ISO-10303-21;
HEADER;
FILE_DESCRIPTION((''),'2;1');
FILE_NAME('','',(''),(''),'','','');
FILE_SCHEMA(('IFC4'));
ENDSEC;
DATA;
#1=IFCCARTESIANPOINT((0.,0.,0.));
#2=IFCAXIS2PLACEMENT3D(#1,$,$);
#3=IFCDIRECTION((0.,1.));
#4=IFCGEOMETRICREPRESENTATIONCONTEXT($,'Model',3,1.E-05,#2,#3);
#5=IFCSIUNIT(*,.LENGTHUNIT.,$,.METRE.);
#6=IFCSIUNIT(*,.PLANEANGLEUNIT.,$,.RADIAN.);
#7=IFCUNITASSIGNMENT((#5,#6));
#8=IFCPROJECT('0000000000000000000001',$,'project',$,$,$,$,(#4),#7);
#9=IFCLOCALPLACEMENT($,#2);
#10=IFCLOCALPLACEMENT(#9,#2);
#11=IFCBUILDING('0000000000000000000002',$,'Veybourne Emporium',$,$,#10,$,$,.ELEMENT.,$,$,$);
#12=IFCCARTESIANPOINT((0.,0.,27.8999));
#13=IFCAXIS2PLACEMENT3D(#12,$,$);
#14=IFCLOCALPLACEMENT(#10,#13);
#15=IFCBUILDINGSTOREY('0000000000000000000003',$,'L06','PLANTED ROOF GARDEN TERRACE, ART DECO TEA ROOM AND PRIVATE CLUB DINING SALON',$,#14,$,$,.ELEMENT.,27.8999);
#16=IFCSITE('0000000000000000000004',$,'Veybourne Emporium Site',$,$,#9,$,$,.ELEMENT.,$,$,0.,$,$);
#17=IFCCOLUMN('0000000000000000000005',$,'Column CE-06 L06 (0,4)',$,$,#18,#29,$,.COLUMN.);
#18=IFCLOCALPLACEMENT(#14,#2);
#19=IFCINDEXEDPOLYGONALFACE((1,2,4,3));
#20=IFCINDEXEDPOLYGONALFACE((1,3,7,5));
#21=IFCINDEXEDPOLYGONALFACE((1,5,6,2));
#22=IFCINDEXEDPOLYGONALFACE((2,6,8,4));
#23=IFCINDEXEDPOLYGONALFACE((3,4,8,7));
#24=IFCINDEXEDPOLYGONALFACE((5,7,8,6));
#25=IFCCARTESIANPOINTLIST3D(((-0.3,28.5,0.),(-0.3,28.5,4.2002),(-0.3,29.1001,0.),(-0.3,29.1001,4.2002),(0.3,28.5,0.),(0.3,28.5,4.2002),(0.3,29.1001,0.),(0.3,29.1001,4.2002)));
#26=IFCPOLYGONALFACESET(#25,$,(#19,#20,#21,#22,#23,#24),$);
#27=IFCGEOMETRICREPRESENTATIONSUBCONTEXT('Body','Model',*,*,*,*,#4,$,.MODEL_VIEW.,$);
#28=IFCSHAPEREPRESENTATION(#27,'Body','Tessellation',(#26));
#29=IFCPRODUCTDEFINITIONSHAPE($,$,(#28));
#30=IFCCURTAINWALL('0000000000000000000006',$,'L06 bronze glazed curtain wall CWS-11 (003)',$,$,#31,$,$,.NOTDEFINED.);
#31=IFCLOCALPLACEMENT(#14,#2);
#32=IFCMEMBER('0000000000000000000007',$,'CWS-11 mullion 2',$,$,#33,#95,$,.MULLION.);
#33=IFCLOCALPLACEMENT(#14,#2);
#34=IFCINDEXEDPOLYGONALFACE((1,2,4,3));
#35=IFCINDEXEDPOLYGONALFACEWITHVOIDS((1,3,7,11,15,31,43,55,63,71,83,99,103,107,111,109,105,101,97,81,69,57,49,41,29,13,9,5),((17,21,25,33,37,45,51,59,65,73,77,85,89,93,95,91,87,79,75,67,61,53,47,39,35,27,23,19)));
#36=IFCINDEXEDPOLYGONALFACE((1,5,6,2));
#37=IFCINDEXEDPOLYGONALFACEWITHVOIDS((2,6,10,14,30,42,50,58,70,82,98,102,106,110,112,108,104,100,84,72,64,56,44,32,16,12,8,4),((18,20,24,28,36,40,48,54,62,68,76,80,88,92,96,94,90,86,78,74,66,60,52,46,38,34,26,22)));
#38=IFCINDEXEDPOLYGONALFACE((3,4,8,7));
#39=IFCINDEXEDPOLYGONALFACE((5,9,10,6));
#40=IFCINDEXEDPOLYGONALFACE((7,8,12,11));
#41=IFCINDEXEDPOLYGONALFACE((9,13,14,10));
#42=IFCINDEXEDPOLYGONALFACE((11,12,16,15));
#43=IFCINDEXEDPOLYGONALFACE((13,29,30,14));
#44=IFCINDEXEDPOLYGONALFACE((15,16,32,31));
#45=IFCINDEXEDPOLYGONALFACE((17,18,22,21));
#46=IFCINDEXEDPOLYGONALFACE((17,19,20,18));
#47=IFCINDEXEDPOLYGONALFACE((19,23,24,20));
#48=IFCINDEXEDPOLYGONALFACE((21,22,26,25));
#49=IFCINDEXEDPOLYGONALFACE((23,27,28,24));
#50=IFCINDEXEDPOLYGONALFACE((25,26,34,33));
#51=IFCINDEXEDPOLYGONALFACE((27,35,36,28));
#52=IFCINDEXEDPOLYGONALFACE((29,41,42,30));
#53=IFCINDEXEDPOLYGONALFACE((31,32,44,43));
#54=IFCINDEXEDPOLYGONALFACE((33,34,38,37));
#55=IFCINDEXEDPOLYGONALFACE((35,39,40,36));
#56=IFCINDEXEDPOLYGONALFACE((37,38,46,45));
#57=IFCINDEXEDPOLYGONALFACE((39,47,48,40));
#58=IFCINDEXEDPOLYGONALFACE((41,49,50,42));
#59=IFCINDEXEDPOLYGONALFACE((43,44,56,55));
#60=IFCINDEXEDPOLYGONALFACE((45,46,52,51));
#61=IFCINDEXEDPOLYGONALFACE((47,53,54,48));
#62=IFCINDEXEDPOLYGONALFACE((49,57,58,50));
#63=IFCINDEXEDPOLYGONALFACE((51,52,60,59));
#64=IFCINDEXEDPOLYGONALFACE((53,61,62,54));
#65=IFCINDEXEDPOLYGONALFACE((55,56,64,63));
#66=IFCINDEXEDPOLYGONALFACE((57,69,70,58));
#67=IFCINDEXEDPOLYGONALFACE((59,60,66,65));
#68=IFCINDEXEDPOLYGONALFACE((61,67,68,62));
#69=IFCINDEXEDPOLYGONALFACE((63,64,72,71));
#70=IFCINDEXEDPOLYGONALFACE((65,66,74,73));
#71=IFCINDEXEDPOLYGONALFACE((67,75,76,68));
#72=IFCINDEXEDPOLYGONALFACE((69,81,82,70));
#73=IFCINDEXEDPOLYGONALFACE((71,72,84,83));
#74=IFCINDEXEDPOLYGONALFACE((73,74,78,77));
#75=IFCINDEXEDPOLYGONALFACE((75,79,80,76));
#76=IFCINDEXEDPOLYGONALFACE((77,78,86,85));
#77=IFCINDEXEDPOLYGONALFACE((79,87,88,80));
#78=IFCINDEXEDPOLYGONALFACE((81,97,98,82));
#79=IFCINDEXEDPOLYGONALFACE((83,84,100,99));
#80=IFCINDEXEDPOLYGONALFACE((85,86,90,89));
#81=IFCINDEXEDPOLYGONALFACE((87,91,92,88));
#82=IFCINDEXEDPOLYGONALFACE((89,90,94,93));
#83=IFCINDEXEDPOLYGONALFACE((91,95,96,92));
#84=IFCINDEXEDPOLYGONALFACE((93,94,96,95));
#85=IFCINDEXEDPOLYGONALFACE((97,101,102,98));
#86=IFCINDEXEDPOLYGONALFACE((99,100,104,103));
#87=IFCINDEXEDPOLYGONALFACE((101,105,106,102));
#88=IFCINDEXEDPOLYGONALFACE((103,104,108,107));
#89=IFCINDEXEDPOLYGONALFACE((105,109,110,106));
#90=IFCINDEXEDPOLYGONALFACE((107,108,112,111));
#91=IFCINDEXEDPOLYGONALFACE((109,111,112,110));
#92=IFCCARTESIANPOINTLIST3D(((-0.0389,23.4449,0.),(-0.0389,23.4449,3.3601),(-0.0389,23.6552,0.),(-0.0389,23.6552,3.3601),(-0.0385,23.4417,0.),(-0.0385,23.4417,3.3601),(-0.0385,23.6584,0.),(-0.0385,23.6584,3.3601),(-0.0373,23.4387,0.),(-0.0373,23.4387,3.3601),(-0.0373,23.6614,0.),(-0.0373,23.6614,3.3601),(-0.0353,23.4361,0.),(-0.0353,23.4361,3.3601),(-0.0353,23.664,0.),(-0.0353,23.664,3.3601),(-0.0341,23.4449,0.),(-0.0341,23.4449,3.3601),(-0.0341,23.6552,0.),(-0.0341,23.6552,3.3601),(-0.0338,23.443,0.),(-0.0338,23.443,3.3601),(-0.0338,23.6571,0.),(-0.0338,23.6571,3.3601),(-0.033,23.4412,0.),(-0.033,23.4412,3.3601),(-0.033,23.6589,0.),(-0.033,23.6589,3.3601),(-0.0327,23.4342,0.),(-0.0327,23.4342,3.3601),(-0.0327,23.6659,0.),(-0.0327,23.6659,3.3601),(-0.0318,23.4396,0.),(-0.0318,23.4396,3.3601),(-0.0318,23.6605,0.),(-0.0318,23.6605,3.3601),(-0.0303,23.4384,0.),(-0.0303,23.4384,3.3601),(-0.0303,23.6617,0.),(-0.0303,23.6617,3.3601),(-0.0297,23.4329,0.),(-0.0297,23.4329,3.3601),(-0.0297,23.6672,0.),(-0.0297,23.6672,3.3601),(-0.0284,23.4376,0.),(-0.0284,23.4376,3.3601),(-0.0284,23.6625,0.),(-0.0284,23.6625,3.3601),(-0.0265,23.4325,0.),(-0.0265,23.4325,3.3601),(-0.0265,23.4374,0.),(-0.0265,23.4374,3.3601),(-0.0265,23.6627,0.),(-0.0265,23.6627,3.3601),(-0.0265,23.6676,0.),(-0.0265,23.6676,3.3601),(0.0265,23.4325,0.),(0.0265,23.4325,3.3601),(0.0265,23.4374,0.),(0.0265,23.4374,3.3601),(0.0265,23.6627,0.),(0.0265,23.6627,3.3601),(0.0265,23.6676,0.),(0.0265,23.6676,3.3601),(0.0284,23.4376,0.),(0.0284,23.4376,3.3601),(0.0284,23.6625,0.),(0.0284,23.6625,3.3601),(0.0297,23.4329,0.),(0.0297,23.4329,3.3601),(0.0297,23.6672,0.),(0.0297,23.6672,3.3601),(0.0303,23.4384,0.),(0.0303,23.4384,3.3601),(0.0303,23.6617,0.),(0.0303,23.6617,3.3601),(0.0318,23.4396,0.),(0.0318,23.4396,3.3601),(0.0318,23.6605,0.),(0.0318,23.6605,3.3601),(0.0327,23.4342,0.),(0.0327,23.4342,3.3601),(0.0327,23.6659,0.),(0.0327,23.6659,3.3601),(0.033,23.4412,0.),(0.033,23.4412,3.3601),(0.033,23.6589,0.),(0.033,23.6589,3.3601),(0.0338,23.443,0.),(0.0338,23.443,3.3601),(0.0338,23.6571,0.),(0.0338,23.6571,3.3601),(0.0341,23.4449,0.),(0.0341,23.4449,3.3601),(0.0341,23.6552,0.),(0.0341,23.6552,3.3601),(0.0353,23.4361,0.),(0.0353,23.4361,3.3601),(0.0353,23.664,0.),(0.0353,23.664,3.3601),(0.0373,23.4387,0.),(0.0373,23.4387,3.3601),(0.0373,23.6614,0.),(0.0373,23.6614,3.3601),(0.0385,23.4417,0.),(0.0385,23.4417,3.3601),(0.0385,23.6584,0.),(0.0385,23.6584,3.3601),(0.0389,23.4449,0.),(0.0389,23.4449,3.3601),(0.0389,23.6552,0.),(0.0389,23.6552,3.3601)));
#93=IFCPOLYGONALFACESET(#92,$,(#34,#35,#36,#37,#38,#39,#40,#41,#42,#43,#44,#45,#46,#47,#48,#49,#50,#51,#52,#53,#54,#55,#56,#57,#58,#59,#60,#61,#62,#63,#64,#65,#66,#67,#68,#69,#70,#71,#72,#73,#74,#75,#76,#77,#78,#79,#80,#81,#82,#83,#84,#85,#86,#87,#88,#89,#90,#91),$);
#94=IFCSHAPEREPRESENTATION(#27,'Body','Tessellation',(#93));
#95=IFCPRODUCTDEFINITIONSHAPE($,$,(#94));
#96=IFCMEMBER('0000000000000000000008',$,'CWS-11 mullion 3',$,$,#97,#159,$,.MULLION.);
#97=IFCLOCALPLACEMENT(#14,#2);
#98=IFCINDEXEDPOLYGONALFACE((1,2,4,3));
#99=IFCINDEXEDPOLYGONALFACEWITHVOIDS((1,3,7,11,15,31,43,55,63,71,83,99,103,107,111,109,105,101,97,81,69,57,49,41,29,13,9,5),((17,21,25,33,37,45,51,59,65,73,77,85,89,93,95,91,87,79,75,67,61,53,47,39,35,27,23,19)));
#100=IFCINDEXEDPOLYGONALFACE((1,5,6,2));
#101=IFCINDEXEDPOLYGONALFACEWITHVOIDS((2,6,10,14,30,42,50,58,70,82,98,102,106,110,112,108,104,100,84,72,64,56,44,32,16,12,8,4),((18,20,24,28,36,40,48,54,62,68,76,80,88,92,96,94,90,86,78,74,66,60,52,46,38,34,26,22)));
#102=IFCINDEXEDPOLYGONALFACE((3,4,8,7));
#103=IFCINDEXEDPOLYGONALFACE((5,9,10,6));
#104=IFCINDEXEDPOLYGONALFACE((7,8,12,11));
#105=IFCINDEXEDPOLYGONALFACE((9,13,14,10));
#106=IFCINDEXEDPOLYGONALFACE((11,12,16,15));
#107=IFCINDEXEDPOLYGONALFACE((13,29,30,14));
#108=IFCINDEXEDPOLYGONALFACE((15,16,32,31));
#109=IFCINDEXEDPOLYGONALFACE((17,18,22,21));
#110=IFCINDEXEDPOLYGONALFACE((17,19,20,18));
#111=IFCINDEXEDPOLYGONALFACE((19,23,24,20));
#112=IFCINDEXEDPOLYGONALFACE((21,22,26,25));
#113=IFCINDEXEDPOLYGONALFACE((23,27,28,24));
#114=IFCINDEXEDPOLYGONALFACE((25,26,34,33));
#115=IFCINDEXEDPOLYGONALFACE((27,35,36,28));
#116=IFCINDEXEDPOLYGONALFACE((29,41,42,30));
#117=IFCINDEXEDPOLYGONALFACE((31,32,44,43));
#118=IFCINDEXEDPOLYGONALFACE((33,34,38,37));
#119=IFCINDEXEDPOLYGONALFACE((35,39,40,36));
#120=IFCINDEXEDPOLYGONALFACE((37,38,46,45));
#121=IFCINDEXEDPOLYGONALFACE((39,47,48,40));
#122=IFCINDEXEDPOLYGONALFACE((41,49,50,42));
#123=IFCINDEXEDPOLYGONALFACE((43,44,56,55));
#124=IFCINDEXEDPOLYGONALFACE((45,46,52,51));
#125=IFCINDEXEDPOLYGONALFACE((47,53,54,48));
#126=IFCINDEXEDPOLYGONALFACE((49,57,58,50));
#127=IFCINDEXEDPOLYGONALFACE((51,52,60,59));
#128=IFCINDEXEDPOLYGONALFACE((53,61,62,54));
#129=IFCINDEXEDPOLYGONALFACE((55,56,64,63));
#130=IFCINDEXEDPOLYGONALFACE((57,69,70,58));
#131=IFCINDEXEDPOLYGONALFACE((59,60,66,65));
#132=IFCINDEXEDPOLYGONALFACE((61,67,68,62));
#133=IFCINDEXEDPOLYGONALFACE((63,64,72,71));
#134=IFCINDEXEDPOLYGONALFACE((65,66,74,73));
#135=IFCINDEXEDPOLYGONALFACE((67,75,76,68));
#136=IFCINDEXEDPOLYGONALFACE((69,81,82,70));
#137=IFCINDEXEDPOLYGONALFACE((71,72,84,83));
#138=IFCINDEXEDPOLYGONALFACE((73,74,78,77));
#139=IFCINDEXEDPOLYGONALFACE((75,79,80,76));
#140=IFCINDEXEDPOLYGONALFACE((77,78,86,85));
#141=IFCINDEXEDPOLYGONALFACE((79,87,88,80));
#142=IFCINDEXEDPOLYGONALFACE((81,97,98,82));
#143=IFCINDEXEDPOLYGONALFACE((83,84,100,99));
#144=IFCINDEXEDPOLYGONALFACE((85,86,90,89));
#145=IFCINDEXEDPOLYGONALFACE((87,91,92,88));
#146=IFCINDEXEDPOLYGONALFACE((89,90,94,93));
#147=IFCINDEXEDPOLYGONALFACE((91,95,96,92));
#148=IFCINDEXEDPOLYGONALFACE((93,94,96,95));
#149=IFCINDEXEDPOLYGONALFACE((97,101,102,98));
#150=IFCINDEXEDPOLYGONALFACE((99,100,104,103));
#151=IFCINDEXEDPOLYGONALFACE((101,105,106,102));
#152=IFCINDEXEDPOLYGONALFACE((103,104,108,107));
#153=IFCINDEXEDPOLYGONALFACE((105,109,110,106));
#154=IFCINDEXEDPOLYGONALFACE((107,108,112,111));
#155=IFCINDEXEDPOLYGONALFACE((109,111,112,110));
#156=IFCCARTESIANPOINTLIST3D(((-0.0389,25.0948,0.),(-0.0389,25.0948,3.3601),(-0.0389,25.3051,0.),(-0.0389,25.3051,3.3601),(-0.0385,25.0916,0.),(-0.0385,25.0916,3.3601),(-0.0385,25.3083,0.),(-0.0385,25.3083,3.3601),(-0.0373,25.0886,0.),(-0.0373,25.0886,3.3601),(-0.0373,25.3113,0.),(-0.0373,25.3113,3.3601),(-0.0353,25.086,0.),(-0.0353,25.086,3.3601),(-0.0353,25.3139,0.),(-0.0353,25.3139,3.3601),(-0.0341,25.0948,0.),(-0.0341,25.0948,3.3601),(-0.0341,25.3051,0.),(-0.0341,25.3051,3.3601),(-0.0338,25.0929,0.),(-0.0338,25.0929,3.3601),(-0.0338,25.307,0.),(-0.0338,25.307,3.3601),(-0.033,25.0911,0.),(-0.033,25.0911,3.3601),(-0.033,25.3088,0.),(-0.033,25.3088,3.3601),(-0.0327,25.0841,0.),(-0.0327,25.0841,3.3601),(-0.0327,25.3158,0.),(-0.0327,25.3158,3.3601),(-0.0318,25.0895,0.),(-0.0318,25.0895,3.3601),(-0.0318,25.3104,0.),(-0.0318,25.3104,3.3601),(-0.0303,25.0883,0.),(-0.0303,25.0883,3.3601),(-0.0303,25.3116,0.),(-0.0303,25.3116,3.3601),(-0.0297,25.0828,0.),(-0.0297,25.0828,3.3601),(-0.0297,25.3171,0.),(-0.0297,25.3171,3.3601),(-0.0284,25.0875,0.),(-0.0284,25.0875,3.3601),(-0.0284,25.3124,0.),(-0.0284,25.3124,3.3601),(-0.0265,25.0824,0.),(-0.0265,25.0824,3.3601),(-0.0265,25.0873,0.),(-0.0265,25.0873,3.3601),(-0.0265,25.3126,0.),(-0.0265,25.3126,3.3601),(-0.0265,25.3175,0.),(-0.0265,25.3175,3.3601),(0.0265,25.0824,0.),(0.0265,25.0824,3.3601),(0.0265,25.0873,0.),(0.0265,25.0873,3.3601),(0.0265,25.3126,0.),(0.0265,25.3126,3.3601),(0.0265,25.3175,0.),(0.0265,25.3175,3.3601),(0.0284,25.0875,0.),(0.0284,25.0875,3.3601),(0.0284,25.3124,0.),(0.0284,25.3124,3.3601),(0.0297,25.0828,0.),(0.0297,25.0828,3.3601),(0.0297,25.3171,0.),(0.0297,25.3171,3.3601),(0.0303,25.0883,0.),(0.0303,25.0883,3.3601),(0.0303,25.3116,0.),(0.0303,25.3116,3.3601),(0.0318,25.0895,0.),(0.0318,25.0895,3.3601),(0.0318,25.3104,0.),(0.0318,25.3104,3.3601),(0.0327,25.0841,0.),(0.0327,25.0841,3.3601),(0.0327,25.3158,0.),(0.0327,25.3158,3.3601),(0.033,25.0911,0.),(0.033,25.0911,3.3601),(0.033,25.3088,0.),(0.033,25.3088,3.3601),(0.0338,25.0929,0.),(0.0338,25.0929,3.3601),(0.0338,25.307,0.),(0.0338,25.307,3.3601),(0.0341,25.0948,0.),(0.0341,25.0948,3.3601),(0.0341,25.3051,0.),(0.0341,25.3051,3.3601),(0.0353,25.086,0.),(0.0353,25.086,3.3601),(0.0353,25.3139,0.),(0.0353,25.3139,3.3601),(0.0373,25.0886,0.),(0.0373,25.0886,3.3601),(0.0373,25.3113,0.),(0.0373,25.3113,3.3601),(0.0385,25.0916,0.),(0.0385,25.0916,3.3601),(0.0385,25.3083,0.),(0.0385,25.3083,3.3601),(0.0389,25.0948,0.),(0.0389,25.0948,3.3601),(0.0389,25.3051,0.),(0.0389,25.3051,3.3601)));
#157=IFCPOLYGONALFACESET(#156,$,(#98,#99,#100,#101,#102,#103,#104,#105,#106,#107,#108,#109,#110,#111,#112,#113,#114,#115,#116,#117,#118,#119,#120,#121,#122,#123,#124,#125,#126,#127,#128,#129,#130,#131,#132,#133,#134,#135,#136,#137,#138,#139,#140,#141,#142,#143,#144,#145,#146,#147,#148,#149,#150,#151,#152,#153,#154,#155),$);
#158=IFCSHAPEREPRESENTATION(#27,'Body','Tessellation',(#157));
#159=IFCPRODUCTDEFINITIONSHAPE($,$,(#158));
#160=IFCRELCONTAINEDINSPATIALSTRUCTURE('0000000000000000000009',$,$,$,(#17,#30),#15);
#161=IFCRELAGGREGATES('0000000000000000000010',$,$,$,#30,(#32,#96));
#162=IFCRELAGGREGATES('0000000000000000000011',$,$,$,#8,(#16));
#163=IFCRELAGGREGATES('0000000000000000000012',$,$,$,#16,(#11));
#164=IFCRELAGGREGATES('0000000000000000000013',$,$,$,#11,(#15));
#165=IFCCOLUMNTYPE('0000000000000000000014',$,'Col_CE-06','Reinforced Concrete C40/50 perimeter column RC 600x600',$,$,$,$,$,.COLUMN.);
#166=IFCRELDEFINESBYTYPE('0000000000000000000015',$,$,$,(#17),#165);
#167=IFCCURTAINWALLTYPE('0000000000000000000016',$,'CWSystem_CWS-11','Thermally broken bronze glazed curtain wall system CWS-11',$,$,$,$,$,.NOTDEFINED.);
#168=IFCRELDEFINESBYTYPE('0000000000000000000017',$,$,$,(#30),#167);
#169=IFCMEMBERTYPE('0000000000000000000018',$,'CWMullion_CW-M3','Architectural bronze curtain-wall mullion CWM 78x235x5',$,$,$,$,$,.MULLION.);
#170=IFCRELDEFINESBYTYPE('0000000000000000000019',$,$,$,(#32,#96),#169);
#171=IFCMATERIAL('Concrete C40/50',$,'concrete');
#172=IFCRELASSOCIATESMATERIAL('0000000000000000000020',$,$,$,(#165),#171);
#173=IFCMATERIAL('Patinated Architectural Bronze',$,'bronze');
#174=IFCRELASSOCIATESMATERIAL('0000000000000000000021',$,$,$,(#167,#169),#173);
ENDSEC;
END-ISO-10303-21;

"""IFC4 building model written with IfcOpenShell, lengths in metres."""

from ifc_helpers import new_model, si_unit, direction, frame, origin, origin_2d, place, context, subcontext, project, spatial, rectangle, hollow_rectangle, extrude, material, material_profile, profile_set, type_object, element, aggregate, save


model = new_model("IFC4")

# Units and contexts
model_context = context("Model", 3, precision=1e-05, world=origin(), true_north=direction((0.0, 1.0)))
body_context = subcontext(model_context, "Body", "Model", "MODEL_VIEW")
ifc_project = project(units=[si_unit("LENGTHUNIT", "METRE"), si_unit("PLANEANGLEUNIT", "RADIAN")], contexts=[model_context])

# Site, building, storey
site_placement = place(None, origin())
site = spatial("IfcSite", under=ifc_project, at=site_placement, Name="Veybourne Emporium Site", CompositionType="ELEMENT", RefElevation=0.0)
building_placement = place(site_placement, origin())
building = spatial("IfcBuilding", under=site, at=building_placement, Name="Veybourne Emporium", CompositionType="ELEMENT")
storey_placement = place(building_placement, frame((0.0, 0.0, 27.8999)))
storey = spatial("IfcBuildingStorey", under=building, at=storey_placement, Name="L06", Description="PLANTED ROOF GARDEN TERRACE, ART DECO TEA ROOM AND PRIVATE CLUB DINING SALON", CompositionType="ELEMENT", Elevation=27.8999)

# Column
ifc_material_1 = material(Name="Concrete C40/50", Category="concrete")
ifc_material_profile_1 = material_profile(ifc_material_1, rectangle(XDim=0.6001, YDim=0.6001, at=origin_2d()), Name="RC 600x600")
ifc_profile_set_1 = profile_set([ifc_material_profile_1], Name="Concrete C40/50")
column_type = type_object("IfcColumnType", Name="Col_CE-06", Description="Reinforced Concrete C40/50 perimeter column RC 600x600", PredefinedType="COLUMN", material=ifc_profile_set_1)
column_placement = place(storey_placement, frame((0.0, 28.8, 0.0), z_axis=(0.0, 0.0, 1.0), x_axis=(1.0, 0.0, 0.0)))
element("IfcColumn", 1, at=column_placement, inside=storey, type_object=column_type, Name="Column CE-06 L06 (0,4)", PredefinedType="COLUMN", context=body_context, shape_type="SweptSolid", body=[
    extrude(rectangle(XDim=0.6001, YDim=0.6001, at=origin_2d()), origin(), (0.0, 0.0, 1.0), 4.2002),
])

# Curtain wall, members
ifc_material_2 = material(Name="Patinated Architectural Bronze", Category="bronze")
curtain_wall_type = type_object("IfcCurtainWallType", Name="CWSystem_CWS-11", Description="Thermally broken bronze glazed curtain wall system CWS-11", PredefinedType="NOTDEFINED", material=ifc_material_2)
curtain_wall_placement = place(storey_placement, origin())
curtain_wall = element("IfcCurtainWall", 2, at=curtain_wall_placement, inside=storey, type_object=curtain_wall_type, Name="L06 bronze glazed curtain wall CWS-11 (003)", PredefinedType="NOTDEFINED")
ifc_material_profile_2 = material_profile(ifc_material_2, hollow_rectangle(XDim=0.0779, YDim=0.2351, WallThickness=0.0049, InnerFilletRadius=0.0076, OuterFilletRadius=0.0125, at=origin_2d()), Name="CWM 78x235x5")
ifc_profile_set_2 = profile_set([ifc_material_profile_2], Name="Patinated Architectural Bronze")
member_type_1 = type_object("IfcMemberType", Name="CWMullion_CW-M3", Description="Architectural bronze curtain-wall mullion CWM 78x235x5", PredefinedType="MULLION", material=ifc_profile_set_2)
member_1_placement = place(storey_placement, frame((0.0, 23.55, 0.0), z_axis=(0.0, 0.0, 1.0), x_axis=(-1.0, 0.0, 0.0)))
member_1 = element("IfcMember", 3, at=member_1_placement, type_object=member_type_1, Name="CWS-11 mullion 2", PredefinedType="MULLION", context=body_context, shape_type="SweptSolid", body=[
    extrude(hollow_rectangle(XDim=0.0779, YDim=0.2351, WallThickness=0.0049, InnerFilletRadius=0.0076, OuterFilletRadius=0.0125, at=origin_2d()), origin(), (0.0, 0.0, 1.0), 3.3601),
])
member_2_placement = place(storey_placement, frame((0.0, 25.2, 0.0), z_axis=(0.0, 0.0, 1.0), x_axis=(-1.0, 0.0, 0.0)))
member_2 = element("IfcMember", 4, at=member_2_placement, type_object=member_type_1, Name="CWS-11 mullion 3", PredefinedType="MULLION", context=body_context, shape_type="SweptSolid", body=[
    extrude(hollow_rectangle(XDim=0.0779, YDim=0.2351, WallThickness=0.0049, InnerFilletRadius=0.0076, OuterFilletRadius=0.0125, at=origin_2d()), origin(), (0.0, 0.0, 1.0), 3.3601),
])
aggregate(curtain_wall, [member_1, member_2])

save(model, "model.ifc")
